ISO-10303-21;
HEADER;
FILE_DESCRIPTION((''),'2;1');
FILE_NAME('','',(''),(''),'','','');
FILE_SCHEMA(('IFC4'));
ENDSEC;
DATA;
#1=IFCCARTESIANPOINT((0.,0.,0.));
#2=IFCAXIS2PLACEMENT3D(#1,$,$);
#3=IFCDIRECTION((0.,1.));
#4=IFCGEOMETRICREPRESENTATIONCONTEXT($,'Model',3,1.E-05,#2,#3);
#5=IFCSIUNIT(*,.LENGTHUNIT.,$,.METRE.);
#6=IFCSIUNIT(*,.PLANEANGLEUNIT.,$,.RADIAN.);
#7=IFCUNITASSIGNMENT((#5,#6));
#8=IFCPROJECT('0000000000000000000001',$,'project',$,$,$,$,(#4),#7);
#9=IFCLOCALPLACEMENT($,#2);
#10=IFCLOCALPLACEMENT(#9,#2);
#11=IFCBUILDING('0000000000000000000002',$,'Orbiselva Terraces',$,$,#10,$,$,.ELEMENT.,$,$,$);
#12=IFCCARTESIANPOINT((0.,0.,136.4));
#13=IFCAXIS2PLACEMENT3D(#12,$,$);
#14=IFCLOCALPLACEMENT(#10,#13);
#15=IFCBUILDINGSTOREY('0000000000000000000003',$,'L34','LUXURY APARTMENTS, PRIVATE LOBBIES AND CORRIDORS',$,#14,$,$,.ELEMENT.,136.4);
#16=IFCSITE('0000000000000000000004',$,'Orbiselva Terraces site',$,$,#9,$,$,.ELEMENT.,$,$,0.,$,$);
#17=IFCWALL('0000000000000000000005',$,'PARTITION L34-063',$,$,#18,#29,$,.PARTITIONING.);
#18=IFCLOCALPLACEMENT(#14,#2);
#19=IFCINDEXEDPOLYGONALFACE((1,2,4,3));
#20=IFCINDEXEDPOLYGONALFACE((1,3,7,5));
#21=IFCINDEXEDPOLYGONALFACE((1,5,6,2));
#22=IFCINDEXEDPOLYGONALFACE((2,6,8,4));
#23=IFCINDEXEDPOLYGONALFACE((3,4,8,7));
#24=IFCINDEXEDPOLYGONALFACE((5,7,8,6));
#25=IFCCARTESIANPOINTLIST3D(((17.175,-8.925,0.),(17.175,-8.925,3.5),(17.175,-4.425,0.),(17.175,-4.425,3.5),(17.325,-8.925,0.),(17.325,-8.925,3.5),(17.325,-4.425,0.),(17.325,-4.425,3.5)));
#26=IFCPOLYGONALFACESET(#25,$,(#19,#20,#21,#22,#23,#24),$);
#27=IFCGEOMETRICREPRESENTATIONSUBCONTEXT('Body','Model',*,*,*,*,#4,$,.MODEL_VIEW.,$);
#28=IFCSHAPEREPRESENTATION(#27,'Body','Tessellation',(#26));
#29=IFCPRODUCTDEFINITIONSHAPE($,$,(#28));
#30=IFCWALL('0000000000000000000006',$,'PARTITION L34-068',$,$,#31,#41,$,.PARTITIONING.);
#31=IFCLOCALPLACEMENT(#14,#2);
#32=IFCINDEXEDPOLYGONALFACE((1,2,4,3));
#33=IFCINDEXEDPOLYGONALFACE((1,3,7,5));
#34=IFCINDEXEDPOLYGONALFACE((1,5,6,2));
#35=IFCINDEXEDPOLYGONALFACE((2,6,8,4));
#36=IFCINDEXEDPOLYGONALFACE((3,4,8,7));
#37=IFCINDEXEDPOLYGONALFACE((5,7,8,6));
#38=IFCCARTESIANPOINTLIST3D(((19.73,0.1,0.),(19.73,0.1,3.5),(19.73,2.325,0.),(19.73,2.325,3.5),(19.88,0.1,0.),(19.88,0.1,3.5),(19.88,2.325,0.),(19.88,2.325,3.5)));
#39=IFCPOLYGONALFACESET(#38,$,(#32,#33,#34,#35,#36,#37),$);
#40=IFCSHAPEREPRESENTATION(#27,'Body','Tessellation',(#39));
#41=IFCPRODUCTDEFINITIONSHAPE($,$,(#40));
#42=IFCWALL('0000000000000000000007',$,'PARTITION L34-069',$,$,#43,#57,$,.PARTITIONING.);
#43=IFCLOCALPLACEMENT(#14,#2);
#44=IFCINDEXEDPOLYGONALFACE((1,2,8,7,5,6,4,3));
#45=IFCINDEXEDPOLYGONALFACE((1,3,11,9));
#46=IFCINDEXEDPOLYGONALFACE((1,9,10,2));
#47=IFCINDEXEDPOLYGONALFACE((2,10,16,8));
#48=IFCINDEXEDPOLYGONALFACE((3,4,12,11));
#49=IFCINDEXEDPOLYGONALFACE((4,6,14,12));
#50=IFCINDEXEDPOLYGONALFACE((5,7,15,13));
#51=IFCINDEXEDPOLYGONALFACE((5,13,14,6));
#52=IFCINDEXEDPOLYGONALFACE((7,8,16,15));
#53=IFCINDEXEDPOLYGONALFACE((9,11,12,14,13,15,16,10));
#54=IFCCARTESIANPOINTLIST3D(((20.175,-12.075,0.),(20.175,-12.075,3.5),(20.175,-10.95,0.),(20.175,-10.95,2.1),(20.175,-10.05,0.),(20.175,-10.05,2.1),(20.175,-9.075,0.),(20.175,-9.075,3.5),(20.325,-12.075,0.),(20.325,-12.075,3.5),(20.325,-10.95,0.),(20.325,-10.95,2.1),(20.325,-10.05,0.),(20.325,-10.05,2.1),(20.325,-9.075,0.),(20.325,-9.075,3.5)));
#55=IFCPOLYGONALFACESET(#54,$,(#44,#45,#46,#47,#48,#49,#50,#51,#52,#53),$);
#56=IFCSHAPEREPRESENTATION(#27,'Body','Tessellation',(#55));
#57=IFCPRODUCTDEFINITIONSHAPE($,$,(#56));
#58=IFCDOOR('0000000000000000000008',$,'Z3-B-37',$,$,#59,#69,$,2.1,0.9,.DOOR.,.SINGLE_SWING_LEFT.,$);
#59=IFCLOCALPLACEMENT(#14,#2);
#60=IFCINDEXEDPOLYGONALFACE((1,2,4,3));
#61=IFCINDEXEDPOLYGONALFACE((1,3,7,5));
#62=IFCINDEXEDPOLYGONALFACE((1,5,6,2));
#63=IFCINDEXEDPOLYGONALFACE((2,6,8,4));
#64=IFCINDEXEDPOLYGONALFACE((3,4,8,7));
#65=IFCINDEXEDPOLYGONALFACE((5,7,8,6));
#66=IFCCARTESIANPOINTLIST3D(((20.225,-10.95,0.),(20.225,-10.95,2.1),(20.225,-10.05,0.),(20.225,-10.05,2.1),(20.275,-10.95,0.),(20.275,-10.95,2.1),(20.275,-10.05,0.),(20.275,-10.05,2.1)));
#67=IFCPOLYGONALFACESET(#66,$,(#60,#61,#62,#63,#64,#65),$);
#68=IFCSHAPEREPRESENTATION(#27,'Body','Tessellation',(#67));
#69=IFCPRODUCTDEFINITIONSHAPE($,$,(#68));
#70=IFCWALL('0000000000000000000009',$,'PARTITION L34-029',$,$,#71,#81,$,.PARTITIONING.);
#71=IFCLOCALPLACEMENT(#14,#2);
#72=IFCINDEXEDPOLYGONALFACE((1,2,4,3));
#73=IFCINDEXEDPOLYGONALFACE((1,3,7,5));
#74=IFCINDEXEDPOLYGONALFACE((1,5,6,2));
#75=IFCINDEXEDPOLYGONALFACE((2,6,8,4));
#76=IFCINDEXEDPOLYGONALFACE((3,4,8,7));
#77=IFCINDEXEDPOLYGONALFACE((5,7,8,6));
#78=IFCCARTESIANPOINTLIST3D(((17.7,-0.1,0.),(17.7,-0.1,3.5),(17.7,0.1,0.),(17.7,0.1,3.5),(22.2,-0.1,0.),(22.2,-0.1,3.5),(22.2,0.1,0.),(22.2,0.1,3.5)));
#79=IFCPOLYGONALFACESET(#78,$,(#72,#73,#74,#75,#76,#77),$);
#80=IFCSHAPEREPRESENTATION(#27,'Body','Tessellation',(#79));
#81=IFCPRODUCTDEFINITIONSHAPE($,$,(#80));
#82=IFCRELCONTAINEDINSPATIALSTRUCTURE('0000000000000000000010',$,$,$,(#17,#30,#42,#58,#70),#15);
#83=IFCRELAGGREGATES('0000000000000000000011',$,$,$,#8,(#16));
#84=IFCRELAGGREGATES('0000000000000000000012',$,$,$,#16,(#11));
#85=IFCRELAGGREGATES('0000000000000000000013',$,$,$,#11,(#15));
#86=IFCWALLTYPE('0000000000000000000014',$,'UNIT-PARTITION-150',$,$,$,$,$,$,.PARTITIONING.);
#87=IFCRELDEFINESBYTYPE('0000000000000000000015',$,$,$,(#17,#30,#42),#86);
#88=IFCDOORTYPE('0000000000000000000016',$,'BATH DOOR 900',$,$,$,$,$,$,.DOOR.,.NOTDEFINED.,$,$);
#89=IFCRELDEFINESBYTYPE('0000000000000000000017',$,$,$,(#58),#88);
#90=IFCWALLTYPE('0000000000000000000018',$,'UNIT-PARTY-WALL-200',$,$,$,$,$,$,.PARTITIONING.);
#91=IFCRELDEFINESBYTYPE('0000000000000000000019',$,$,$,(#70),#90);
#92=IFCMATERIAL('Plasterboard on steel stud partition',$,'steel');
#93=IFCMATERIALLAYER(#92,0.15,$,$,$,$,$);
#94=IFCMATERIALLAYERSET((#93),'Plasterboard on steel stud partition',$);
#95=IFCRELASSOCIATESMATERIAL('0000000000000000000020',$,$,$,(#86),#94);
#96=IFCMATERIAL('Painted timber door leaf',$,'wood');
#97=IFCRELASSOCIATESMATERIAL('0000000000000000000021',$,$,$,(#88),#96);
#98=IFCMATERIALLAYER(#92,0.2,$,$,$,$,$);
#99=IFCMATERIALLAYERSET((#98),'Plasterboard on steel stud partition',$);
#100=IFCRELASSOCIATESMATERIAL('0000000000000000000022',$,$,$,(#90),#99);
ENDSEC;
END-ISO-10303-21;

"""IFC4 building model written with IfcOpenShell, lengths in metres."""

from ifc_helpers import new_model, si_unit, direction, frame, frame_2d, origin, place, context, subcontext, project, spatial, rectangle, extrude, material, layer, layer_set, type_object, element, fill, save


model = new_model("IFC4")

# Units and contexts
model_context = context("Model", 3, precision=1e-05, world=origin(), true_north=direction((0.0, 1.0)))
body_context = subcontext(model_context, "Body", "Model", "MODEL_VIEW")
ifc_project = project(units=[si_unit("LENGTHUNIT", "METRE"), si_unit("PLANEANGLEUNIT", "RADIAN")], contexts=[model_context])

# Site, building, storey
site_placement = place(None, origin())
site = spatial("IfcSite", under=ifc_project, at=site_placement, Name="Orbiselva Terraces site", CompositionType="ELEMENT", RefElevation=0.0)
building_placement = place(site_placement, origin())
building = spatial("IfcBuilding", under=site, at=building_placement, Name="Orbiselva Terraces", CompositionType="ELEMENT")
storey_placement = place(building_placement, frame((0.0, 0.0, 136.4)))
storey = spatial("IfcBuildingStorey", under=building, at=storey_placement, Name="L34", Description="LUXURY APARTMENTS, PRIVATE LOBBIES AND CORRIDORS", CompositionType="ELEMENT", Elevation=136.4)

# Shared definitions
ifc_material_1 = material(Name="Plasterboard on steel stud partition", Category="steel")
ifc_material_2 = material(Name="Painted timber door leaf", Category="wood")

# Shared definitions
ifc_layer_1 = layer(ifc_material_1, 0.15)
ifc_layer_set_1 = layer_set([ifc_layer_1], Name="Plasterboard on steel stud partition")
wall_type_1 = type_object("IfcWallType", Name="UNIT-PARTITION-150", PredefinedType="PARTITIONING", material=ifc_layer_set_1)
door_type_1 = type_object("IfcDoorType", Name="BATH DOOR 900", OperationType="NOTDEFINED", PredefinedType="DOOR", material=ifc_material_2)

# Walls
for number, where, z_axis, x_axis, name in (
    (1, (17.25, -8.925, 0.0), (0.0, 0.0, 1.0), (0.0, 1.0, 0.0), "PARTITION L34-063"),
):
    element("IfcWall", number, at=place(storey_placement, frame(where, z_axis=z_axis, x_axis=x_axis)), inside=storey, type_object=wall_type_1, Name=name, PredefinedType="PARTITIONING", context=body_context, shape_type="SweptSolid", body=[
        extrude(rectangle(XDim=4.5, YDim=0.15, at=frame_2d((2.25, 0.0))), origin(), (0.0, 0.0, 1.0), 3.5),
    ])
wall_1_placement = place(storey_placement, frame((19.805, 0.1, 0.0), z_axis=(0.0, 0.0, 1.0), x_axis=(0.0, 1.0, 0.0)))
element("IfcWall", 2, at=wall_1_placement, inside=storey, type_object=wall_type_1, Name="PARTITION L34-068", PredefinedType="PARTITIONING", context=body_context, shape_type="SweptSolid", body=[
    extrude(rectangle(XDim=2.225, YDim=0.15, at=frame_2d((1.1125, 0.0))), origin(), (0.0, 0.0, 1.0), 3.5),
])

# Wall, opening, door
wall_2_placement = place(storey_placement, frame((20.25, -9.075, 0.0), z_axis=(0.0, 0.0, 1.0), x_axis=(0.0, -1.0, 0.0)))
wall_2 = element("IfcWall", 3, at=wall_2_placement, inside=storey, type_object=wall_type_1, Name="PARTITION L34-069", PredefinedType="PARTITIONING", context=body_context, shape_type="SweptSolid", body=[
    extrude(rectangle(XDim=3.0, YDim=0.15, at=frame_2d((1.5, 0.0))), origin(), (0.0, 0.0, 1.0), 3.5),
])
opening_1_placement = place(wall_2_placement, frame((0.975, 0.0, 0.0)))
opening_1 = element("IfcOpeningElement", 4, at=opening_1_placement, cuts=wall_2, PredefinedType="OPENING", context=body_context, shape_type="SweptSolid", body=[
    extrude(rectangle(XDim=0.9, YDim=2.1, at=frame_2d((0.45, 1.05))), frame((0.0, 0.085, 0.0), z_axis=(0.0, -1.0, 0.0), x_axis=(1.0, 0.0, 0.0)), (0.0, 0.0, 1.0), 0.17),
])
door_1_placement = place(opening_1_placement, origin())
door_1 = element("IfcDoor", 5, at=door_1_placement, inside=storey, type_object=door_type_1, Name="Z3-B-37", OperationType="SINGLE_SWING_LEFT", OverallHeight=2.1, OverallWidth=0.9, PredefinedType="DOOR", context=body_context, shape_type="SweptSolid", body=[
    extrude(rectangle(XDim=0.9, YDim=2.1, at=frame_2d((0.45, 1.05))), frame((0.0, 0.025, 0.0), z_axis=(0.0, -1.0, 0.0), x_axis=(1.0, 0.0, 0.0)), (0.0, 0.0, 1.0), 0.05),
])
fill(opening_1, door_1)

# Wall
ifc_layer_2 = layer(ifc_material_1, 0.2)
ifc_layer_set_2 = layer_set([ifc_layer_2], Name="Plasterboard on steel stud partition")
wall_type_2 = type_object("IfcWallType", Name="UNIT-PARTY-WALL-200", PredefinedType="PARTITIONING", material=ifc_layer_set_2)
wall_3_placement = place(storey_placement, frame((17.7, 0.0, 0.0), z_axis=(0.0, 0.0, 1.0), x_axis=(1.0, 0.0, 0.0)))
element("IfcWall", 6, at=wall_3_placement, inside=storey, type_object=wall_type_2, Name="PARTITION L34-029", PredefinedType="PARTITIONING", context=body_context, shape_type="SweptSolid", body=[
    extrude(rectangle(XDim=4.5, YDim=0.2, at=frame_2d((2.25, 0.0))), origin(), (0.0, 0.0, 1.0), 3.5),
])

save(model, "model.ifc")
